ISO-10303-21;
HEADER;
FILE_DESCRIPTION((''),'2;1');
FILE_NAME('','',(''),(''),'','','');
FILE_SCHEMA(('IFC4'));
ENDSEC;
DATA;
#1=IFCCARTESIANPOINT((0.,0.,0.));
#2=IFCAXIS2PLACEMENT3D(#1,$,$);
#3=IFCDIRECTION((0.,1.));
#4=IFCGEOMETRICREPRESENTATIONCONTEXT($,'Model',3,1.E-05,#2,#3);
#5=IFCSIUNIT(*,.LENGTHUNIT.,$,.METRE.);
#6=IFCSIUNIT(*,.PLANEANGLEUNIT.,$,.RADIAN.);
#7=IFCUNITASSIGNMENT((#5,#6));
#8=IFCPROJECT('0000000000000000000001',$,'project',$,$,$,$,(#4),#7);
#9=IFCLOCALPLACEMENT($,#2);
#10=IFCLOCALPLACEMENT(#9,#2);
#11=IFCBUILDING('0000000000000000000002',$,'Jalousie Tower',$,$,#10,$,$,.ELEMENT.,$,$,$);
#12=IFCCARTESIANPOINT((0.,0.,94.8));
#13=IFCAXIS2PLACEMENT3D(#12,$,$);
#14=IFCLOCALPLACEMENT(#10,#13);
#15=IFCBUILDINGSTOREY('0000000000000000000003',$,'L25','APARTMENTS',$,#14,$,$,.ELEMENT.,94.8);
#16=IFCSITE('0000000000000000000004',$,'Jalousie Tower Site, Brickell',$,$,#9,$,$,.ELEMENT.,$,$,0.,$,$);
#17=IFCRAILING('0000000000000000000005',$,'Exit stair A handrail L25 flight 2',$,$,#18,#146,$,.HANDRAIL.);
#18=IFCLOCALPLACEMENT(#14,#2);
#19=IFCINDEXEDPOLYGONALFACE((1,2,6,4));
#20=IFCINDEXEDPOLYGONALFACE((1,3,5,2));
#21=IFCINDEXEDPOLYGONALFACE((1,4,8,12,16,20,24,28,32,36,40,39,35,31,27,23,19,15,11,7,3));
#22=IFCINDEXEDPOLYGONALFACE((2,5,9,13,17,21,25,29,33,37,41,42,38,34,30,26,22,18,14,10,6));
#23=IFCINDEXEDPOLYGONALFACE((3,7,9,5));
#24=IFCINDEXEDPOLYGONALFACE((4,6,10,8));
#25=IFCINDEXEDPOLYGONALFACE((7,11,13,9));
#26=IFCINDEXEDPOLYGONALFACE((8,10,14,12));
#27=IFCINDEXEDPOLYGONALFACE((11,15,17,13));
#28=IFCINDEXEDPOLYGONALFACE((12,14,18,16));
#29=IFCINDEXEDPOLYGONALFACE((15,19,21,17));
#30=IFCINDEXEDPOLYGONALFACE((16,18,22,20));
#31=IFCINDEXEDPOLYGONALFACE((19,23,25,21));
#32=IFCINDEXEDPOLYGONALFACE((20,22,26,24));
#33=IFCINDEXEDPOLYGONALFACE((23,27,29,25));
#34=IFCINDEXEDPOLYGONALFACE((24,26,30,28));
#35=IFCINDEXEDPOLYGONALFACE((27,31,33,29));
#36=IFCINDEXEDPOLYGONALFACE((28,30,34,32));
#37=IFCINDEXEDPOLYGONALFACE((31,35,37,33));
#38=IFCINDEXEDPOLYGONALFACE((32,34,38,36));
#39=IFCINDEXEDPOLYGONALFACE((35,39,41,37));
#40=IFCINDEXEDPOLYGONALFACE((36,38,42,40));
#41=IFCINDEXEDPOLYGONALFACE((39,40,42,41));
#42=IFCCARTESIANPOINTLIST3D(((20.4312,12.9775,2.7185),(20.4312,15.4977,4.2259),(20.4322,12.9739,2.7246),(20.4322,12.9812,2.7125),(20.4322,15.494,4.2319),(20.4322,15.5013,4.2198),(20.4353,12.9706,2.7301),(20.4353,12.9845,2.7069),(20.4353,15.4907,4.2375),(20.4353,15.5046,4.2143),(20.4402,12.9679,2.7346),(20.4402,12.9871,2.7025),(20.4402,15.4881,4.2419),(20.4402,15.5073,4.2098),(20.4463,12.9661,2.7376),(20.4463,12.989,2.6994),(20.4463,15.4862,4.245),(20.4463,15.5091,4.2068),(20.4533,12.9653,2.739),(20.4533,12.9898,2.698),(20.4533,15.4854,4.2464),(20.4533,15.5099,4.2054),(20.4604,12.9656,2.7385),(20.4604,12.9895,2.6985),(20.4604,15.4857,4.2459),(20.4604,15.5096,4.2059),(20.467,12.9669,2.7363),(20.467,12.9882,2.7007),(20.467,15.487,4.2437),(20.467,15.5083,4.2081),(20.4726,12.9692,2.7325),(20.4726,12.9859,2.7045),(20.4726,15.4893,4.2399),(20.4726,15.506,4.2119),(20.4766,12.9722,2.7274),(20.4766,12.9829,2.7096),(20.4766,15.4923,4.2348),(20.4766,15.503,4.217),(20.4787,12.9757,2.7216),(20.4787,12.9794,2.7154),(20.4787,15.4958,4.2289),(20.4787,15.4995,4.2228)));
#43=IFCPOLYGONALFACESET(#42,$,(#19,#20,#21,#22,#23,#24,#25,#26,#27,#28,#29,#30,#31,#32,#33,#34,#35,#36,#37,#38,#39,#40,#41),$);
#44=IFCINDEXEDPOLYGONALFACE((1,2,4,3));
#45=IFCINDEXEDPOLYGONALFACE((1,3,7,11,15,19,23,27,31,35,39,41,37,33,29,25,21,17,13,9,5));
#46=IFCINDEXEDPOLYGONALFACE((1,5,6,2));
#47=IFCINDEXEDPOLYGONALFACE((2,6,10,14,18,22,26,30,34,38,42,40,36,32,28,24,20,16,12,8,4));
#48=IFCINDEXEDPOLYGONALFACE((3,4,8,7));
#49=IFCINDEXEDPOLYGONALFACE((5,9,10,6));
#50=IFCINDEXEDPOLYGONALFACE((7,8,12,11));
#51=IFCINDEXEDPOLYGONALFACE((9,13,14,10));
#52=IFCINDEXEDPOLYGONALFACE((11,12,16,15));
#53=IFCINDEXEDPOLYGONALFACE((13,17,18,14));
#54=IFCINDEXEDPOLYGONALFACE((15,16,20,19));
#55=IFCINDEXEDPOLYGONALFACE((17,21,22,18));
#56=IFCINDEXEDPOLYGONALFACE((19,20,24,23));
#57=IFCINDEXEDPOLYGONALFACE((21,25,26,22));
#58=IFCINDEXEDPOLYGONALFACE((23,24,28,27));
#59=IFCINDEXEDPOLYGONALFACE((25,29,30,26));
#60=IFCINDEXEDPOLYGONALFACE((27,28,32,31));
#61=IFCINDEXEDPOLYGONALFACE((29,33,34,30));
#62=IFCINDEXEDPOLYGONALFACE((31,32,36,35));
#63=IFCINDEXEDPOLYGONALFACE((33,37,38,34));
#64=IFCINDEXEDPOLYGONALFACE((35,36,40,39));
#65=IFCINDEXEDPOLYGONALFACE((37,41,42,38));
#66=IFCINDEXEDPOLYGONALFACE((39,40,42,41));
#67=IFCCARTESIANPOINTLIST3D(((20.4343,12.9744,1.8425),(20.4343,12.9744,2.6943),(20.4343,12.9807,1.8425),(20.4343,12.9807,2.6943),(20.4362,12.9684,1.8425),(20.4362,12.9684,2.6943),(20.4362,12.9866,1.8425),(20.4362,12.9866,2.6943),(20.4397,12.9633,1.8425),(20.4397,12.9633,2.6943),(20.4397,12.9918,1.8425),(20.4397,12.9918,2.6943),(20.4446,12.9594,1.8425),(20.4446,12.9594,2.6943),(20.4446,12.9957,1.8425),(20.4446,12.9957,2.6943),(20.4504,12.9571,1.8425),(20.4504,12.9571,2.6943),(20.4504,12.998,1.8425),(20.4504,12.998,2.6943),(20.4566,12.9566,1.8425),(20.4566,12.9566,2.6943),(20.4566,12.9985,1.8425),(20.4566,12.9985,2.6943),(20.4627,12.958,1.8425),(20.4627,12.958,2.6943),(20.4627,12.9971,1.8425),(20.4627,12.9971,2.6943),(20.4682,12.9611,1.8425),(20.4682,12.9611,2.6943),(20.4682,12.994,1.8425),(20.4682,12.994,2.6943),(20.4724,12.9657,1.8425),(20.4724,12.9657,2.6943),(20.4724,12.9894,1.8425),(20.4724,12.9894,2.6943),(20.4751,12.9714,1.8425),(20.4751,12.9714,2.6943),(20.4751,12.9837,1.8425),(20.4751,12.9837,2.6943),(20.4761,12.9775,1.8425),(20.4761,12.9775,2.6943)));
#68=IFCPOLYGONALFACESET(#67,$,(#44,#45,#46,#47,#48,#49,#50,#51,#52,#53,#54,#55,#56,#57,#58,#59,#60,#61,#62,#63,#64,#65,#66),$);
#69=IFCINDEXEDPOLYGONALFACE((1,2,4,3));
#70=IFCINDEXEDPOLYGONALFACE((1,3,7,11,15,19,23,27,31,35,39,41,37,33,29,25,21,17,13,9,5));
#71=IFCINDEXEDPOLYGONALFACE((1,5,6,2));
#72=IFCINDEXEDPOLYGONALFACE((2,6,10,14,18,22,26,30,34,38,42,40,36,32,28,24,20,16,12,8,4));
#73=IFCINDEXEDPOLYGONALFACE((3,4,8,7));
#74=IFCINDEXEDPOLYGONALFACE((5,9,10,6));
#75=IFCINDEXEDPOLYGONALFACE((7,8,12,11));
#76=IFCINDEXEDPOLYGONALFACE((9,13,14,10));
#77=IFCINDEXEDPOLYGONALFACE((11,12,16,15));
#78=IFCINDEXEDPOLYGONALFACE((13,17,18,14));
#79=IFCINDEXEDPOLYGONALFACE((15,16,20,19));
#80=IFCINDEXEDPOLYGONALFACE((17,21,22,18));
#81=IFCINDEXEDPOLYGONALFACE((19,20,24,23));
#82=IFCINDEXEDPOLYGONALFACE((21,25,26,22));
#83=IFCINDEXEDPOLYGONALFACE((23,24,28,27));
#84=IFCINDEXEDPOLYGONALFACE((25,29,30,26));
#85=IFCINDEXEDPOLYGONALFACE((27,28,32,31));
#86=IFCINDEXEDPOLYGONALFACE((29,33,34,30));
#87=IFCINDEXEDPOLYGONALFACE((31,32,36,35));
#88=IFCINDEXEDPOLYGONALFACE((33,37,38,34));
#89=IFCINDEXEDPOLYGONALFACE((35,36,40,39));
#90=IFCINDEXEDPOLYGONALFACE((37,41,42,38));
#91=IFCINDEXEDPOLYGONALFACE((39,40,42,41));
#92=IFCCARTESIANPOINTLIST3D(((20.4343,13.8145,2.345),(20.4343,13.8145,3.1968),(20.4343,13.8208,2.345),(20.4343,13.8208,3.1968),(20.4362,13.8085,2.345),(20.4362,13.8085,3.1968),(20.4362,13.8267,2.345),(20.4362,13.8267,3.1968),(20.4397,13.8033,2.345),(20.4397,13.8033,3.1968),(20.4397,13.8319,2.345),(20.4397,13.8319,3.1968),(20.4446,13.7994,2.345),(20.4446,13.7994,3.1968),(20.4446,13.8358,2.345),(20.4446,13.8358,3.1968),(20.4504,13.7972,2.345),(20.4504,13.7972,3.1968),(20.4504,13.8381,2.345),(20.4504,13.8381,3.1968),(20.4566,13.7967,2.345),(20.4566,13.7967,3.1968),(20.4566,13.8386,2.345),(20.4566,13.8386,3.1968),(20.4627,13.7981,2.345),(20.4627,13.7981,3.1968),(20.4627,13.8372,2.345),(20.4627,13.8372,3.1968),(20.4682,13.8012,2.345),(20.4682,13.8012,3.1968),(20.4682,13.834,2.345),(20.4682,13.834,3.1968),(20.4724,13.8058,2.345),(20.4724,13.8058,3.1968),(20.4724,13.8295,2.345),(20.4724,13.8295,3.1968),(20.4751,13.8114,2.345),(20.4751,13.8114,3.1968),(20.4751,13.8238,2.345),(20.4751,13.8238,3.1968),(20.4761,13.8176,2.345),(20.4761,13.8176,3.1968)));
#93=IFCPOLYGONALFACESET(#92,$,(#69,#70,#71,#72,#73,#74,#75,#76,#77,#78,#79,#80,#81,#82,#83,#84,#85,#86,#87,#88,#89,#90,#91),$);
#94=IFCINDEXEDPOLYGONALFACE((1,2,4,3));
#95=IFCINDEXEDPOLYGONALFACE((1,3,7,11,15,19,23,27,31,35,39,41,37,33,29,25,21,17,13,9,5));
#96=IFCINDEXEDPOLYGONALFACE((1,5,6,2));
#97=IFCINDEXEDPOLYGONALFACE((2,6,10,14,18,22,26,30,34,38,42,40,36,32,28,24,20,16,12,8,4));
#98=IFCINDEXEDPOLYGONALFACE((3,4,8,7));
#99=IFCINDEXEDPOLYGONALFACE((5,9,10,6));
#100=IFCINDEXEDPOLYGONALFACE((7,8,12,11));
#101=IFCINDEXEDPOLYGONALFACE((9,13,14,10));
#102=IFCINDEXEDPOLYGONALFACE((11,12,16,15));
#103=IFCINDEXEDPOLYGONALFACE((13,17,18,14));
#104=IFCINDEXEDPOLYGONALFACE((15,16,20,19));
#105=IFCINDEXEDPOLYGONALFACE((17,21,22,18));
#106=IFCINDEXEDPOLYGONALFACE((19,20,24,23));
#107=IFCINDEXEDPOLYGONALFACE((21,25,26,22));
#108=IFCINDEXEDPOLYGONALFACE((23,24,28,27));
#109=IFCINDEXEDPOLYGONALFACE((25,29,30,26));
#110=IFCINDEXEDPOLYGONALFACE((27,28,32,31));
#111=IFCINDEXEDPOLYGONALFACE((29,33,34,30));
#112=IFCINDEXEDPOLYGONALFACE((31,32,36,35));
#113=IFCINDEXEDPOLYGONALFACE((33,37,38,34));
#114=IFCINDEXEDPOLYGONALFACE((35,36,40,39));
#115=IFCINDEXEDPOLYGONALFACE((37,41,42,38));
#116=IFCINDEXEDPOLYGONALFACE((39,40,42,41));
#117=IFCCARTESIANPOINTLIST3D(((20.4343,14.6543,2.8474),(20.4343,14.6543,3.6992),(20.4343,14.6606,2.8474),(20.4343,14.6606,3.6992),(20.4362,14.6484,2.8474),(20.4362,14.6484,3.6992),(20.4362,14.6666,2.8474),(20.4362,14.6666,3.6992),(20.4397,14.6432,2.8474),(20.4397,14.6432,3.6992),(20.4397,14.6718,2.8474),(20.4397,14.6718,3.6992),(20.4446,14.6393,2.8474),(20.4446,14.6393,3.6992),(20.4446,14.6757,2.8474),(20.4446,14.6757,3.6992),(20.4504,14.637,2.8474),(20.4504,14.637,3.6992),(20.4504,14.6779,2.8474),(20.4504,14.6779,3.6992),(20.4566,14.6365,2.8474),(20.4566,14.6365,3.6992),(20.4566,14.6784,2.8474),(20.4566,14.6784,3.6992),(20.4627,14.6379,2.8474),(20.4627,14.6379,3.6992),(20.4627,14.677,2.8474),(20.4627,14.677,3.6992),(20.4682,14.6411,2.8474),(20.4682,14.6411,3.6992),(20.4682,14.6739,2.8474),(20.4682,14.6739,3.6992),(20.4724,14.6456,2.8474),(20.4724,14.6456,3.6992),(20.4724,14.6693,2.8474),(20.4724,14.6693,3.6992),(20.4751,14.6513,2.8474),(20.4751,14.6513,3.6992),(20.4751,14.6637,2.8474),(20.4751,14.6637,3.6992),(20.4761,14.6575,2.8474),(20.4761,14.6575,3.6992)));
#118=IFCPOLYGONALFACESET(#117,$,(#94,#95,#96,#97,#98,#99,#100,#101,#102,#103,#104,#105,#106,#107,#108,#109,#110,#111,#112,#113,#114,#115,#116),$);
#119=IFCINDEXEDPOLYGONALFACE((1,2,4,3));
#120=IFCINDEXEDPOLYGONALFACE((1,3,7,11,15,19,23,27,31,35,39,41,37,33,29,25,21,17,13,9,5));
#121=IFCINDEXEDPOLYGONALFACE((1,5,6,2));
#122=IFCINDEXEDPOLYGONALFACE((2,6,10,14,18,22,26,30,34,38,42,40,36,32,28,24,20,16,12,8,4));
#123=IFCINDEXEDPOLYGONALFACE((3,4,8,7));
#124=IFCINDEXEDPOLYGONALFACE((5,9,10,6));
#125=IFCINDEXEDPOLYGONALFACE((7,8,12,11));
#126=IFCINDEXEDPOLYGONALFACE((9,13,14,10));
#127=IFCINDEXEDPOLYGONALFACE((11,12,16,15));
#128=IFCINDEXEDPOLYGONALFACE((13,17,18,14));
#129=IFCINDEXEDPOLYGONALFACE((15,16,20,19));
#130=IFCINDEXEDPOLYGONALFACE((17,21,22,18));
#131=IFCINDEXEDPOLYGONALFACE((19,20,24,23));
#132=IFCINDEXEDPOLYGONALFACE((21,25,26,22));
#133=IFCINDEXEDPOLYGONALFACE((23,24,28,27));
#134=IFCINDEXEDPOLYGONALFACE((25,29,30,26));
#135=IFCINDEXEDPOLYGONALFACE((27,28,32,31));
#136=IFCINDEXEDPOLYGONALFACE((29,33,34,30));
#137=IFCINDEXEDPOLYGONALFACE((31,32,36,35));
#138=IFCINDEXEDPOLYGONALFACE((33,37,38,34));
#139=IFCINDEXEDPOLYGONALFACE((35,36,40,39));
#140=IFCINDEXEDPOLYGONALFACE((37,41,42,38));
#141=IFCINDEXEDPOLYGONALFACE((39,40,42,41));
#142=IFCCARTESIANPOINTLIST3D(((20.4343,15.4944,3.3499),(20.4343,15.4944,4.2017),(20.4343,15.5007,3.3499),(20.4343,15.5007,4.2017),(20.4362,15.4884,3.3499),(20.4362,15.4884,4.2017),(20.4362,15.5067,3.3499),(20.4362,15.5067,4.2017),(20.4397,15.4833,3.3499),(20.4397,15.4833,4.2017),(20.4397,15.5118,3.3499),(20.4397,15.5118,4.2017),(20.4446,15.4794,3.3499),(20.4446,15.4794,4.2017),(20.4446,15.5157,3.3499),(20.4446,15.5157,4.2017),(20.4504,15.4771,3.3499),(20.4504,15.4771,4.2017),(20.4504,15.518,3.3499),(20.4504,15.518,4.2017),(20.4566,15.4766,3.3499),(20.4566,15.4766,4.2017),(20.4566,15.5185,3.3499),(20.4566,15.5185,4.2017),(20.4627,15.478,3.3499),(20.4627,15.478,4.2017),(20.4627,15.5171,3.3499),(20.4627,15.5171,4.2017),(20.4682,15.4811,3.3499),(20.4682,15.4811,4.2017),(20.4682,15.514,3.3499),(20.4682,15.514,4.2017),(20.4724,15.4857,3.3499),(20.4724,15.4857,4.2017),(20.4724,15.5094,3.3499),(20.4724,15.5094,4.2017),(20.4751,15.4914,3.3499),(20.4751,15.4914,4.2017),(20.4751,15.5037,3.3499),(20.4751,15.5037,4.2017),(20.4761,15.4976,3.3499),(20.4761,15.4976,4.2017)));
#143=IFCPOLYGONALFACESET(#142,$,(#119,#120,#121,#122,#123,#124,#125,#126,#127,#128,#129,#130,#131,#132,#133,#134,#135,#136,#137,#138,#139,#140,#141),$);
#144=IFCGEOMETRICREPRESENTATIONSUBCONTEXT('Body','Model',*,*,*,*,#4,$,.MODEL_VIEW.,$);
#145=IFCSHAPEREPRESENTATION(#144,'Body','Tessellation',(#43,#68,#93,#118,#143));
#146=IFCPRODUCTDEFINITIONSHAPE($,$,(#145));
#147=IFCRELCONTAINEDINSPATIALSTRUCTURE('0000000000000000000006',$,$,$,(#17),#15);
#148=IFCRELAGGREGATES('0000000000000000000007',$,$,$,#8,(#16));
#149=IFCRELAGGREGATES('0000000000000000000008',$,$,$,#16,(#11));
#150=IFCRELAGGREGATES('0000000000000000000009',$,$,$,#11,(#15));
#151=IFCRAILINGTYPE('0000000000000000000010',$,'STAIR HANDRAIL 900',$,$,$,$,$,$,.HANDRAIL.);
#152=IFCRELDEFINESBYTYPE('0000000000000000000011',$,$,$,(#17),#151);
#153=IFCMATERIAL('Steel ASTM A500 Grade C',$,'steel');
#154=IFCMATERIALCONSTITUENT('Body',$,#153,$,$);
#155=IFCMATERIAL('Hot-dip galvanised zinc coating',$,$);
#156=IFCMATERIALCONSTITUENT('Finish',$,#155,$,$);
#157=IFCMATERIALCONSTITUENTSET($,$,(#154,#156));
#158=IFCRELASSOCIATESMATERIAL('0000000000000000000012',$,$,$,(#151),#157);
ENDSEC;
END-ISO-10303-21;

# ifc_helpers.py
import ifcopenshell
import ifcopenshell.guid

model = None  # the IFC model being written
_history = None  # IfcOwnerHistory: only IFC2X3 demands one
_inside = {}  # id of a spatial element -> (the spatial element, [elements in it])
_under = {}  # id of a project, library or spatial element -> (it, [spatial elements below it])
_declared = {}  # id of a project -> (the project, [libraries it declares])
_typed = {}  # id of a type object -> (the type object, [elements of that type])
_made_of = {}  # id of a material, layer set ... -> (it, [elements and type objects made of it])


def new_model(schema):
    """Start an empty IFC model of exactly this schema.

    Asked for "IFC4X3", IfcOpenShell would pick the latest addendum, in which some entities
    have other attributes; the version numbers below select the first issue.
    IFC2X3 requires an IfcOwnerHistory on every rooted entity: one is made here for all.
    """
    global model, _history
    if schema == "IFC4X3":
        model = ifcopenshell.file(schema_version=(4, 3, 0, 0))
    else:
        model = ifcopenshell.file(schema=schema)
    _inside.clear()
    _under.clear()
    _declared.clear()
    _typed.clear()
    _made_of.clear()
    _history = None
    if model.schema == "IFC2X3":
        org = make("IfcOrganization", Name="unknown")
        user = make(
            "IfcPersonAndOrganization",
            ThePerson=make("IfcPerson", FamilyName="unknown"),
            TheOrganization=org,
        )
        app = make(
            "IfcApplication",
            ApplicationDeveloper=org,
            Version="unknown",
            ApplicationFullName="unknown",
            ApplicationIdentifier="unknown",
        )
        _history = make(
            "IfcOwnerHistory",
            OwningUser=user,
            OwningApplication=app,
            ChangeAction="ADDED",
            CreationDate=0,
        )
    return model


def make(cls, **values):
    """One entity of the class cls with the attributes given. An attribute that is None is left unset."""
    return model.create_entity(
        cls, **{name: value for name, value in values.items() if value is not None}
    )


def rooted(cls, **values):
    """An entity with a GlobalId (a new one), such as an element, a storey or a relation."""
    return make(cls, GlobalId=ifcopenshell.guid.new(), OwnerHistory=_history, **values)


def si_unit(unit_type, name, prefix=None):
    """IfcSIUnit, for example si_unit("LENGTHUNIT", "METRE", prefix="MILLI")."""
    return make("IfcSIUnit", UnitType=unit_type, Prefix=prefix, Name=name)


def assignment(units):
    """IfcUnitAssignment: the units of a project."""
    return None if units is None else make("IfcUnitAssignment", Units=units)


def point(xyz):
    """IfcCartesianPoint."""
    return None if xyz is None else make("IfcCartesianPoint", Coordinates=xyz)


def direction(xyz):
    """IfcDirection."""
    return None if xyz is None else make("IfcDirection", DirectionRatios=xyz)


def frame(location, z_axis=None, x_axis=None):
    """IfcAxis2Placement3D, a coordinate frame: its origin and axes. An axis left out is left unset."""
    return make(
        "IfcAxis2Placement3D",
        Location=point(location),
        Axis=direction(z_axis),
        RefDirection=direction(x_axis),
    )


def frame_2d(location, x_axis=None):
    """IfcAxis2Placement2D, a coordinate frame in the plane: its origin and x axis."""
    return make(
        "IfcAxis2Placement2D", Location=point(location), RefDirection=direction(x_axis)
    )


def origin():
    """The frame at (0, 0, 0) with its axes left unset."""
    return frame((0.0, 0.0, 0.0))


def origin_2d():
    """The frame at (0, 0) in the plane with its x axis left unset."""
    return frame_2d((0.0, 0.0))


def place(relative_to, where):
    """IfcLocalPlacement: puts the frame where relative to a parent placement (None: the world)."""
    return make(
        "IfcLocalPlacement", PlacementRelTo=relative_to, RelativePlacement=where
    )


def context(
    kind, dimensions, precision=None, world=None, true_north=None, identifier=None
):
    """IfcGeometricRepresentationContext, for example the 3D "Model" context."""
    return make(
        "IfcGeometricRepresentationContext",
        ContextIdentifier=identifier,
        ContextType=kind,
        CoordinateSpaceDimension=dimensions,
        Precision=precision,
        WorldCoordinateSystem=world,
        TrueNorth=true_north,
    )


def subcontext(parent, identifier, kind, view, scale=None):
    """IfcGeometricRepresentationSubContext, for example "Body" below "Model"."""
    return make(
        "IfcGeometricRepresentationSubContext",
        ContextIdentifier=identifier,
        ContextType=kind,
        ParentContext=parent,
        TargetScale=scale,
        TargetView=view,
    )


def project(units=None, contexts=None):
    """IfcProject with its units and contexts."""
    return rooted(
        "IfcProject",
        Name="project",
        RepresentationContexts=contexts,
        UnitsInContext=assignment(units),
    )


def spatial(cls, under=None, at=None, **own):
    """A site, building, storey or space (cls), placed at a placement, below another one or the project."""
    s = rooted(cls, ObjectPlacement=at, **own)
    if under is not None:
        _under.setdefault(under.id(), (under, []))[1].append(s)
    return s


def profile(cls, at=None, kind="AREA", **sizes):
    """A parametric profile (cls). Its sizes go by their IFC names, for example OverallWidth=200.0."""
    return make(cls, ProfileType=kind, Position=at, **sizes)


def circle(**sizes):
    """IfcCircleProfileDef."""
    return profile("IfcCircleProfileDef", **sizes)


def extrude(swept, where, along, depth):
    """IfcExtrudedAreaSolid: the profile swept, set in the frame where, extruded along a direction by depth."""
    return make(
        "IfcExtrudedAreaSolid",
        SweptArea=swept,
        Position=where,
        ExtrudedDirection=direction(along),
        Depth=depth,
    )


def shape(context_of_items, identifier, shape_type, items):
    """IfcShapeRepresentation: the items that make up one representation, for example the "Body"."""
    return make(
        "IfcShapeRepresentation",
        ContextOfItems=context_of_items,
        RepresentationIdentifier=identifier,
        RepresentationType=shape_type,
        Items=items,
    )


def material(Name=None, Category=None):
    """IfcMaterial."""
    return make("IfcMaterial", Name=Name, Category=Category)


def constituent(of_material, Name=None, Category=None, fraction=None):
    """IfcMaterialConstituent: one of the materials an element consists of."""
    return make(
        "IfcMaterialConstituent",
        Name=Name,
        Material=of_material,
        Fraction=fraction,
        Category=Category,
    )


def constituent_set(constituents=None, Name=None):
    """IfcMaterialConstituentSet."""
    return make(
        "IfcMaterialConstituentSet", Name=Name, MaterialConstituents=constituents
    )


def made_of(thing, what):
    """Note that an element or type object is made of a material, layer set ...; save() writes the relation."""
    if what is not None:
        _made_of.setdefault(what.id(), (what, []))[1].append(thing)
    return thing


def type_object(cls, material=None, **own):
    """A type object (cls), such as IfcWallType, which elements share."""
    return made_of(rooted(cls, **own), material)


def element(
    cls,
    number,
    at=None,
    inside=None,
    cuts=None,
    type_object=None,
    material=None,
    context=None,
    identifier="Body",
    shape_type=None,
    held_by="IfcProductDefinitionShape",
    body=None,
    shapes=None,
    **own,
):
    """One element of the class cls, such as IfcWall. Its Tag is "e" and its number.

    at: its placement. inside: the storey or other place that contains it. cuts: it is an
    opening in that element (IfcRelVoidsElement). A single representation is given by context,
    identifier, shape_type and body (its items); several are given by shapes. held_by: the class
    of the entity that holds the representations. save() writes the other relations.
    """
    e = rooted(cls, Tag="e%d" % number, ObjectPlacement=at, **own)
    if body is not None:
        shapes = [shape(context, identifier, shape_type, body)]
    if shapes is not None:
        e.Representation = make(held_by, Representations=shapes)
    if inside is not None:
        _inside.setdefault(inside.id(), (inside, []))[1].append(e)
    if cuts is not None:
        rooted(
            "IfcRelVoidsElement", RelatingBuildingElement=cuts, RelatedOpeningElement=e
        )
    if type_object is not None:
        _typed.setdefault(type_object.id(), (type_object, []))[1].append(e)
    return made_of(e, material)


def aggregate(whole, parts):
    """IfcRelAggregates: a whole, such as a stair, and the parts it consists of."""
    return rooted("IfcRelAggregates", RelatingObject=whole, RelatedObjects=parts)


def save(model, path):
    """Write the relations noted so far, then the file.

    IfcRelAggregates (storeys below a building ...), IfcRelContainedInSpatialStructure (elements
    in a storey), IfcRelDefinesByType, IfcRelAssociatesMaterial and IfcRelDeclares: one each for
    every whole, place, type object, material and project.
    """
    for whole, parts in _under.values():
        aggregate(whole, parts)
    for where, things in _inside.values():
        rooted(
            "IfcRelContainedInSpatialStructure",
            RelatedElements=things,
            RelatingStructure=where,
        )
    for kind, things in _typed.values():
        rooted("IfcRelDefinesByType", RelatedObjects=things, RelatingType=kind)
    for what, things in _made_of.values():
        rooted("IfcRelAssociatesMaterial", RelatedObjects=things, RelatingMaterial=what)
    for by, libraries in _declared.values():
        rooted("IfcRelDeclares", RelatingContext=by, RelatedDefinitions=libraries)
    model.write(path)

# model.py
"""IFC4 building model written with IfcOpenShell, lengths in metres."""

from ifc_helpers import new_model, si_unit, direction, frame, origin, origin_2d, place, context, subcontext, project, spatial, circle, extrude, material, constituent, constituent_set, type_object, element, save


model = new_model("IFC4")

# Units and contexts
model_context = context("Model", 3, precision=1e-05, world=origin(), true_north=direction((0.0, 1.0)))
body_context = subcontext(model_context, "Body", "Model", "MODEL_VIEW")
ifc_project = project(units=[si_unit("LENGTHUNIT", "METRE"), si_unit("PLANEANGLEUNIT", "RADIAN")], contexts=[model_context])

# Site, building, storey
site_placement = place(None, origin())
site = spatial("IfcSite", under=ifc_project, at=site_placement, Name="Jalousie Tower Site, Brickell", CompositionType="ELEMENT", RefElevation=0.0)
building_placement = place(site_placement, origin())
building = spatial("IfcBuilding", under=site, at=building_placement, Name="Jalousie Tower", CompositionType="ELEMENT")
storey_placement = place(building_placement, frame((0.0, 0.0, 94.8)))
storey = spatial("IfcBuildingStorey", under=building, at=storey_placement, Name="L25", Description="APARTMENTS", CompositionType="ELEMENT", Elevation=94.8)

# Railing
ifc_material_1 = material(Name="Steel ASTM A500 Grade C", Category="steel")
ifc_constituent_1 = constituent(ifc_material_1, Name="Body")
ifc_material_2 = material(Name="Hot-dip galvanised zinc coating")
ifc_constituent_2 = constituent(ifc_material_2, Name="Finish")
ifc_constituent_set_1 = constituent_set(constituents=[ifc_constituent_1, ifc_constituent_2])
railing_type_1 = type_object("IfcRailingType", Name="STAIR HANDRAIL 900", PredefinedType="HANDRAIL", material=ifc_constituent_set_1)
railing_1_placement = place(storey_placement, frame((20.4551, 12.9775, 1.8425)))
element("IfcRailing", 1, at=railing_1_placement, inside=storey, type_object=railing_type_1, Name="Exit stair A handrail L25 flight 2", PredefinedType="HANDRAIL", context=body_context, shape_type="SweptSolid", body=[
    extrude(circle(Radius=0.0239, at=origin_2d()), frame((0.0, 0.0, 0.876), z_axis=(0.0, 0.858196, 0.513321), x_axis=(-1.0, 0.0, 0.0)), (0.0, 0.0, 1.0), 2.9365),
    extrude(circle(Radius=0.021, at=origin_2d()), origin(), (0.0, 0.0, 1.0), 0.8518),
    extrude(circle(Radius=0.021, at=origin_2d()), frame((0.0, 0.8401, 0.5024)), (0.0, 0.0, 1.0), 0.8518),
    extrude(circle(Radius=0.021, at=origin_2d()), frame((0.0, 1.6799, 1.0049)), (0.0, 0.0, 1.0), 0.8518),
    extrude(circle(Radius=0.021, at=origin_2d()), frame((0.0, 2.52, 1.5073)), (0.0, 0.0, 1.0), 0.8518),
])

save(model, "model.ifc")
